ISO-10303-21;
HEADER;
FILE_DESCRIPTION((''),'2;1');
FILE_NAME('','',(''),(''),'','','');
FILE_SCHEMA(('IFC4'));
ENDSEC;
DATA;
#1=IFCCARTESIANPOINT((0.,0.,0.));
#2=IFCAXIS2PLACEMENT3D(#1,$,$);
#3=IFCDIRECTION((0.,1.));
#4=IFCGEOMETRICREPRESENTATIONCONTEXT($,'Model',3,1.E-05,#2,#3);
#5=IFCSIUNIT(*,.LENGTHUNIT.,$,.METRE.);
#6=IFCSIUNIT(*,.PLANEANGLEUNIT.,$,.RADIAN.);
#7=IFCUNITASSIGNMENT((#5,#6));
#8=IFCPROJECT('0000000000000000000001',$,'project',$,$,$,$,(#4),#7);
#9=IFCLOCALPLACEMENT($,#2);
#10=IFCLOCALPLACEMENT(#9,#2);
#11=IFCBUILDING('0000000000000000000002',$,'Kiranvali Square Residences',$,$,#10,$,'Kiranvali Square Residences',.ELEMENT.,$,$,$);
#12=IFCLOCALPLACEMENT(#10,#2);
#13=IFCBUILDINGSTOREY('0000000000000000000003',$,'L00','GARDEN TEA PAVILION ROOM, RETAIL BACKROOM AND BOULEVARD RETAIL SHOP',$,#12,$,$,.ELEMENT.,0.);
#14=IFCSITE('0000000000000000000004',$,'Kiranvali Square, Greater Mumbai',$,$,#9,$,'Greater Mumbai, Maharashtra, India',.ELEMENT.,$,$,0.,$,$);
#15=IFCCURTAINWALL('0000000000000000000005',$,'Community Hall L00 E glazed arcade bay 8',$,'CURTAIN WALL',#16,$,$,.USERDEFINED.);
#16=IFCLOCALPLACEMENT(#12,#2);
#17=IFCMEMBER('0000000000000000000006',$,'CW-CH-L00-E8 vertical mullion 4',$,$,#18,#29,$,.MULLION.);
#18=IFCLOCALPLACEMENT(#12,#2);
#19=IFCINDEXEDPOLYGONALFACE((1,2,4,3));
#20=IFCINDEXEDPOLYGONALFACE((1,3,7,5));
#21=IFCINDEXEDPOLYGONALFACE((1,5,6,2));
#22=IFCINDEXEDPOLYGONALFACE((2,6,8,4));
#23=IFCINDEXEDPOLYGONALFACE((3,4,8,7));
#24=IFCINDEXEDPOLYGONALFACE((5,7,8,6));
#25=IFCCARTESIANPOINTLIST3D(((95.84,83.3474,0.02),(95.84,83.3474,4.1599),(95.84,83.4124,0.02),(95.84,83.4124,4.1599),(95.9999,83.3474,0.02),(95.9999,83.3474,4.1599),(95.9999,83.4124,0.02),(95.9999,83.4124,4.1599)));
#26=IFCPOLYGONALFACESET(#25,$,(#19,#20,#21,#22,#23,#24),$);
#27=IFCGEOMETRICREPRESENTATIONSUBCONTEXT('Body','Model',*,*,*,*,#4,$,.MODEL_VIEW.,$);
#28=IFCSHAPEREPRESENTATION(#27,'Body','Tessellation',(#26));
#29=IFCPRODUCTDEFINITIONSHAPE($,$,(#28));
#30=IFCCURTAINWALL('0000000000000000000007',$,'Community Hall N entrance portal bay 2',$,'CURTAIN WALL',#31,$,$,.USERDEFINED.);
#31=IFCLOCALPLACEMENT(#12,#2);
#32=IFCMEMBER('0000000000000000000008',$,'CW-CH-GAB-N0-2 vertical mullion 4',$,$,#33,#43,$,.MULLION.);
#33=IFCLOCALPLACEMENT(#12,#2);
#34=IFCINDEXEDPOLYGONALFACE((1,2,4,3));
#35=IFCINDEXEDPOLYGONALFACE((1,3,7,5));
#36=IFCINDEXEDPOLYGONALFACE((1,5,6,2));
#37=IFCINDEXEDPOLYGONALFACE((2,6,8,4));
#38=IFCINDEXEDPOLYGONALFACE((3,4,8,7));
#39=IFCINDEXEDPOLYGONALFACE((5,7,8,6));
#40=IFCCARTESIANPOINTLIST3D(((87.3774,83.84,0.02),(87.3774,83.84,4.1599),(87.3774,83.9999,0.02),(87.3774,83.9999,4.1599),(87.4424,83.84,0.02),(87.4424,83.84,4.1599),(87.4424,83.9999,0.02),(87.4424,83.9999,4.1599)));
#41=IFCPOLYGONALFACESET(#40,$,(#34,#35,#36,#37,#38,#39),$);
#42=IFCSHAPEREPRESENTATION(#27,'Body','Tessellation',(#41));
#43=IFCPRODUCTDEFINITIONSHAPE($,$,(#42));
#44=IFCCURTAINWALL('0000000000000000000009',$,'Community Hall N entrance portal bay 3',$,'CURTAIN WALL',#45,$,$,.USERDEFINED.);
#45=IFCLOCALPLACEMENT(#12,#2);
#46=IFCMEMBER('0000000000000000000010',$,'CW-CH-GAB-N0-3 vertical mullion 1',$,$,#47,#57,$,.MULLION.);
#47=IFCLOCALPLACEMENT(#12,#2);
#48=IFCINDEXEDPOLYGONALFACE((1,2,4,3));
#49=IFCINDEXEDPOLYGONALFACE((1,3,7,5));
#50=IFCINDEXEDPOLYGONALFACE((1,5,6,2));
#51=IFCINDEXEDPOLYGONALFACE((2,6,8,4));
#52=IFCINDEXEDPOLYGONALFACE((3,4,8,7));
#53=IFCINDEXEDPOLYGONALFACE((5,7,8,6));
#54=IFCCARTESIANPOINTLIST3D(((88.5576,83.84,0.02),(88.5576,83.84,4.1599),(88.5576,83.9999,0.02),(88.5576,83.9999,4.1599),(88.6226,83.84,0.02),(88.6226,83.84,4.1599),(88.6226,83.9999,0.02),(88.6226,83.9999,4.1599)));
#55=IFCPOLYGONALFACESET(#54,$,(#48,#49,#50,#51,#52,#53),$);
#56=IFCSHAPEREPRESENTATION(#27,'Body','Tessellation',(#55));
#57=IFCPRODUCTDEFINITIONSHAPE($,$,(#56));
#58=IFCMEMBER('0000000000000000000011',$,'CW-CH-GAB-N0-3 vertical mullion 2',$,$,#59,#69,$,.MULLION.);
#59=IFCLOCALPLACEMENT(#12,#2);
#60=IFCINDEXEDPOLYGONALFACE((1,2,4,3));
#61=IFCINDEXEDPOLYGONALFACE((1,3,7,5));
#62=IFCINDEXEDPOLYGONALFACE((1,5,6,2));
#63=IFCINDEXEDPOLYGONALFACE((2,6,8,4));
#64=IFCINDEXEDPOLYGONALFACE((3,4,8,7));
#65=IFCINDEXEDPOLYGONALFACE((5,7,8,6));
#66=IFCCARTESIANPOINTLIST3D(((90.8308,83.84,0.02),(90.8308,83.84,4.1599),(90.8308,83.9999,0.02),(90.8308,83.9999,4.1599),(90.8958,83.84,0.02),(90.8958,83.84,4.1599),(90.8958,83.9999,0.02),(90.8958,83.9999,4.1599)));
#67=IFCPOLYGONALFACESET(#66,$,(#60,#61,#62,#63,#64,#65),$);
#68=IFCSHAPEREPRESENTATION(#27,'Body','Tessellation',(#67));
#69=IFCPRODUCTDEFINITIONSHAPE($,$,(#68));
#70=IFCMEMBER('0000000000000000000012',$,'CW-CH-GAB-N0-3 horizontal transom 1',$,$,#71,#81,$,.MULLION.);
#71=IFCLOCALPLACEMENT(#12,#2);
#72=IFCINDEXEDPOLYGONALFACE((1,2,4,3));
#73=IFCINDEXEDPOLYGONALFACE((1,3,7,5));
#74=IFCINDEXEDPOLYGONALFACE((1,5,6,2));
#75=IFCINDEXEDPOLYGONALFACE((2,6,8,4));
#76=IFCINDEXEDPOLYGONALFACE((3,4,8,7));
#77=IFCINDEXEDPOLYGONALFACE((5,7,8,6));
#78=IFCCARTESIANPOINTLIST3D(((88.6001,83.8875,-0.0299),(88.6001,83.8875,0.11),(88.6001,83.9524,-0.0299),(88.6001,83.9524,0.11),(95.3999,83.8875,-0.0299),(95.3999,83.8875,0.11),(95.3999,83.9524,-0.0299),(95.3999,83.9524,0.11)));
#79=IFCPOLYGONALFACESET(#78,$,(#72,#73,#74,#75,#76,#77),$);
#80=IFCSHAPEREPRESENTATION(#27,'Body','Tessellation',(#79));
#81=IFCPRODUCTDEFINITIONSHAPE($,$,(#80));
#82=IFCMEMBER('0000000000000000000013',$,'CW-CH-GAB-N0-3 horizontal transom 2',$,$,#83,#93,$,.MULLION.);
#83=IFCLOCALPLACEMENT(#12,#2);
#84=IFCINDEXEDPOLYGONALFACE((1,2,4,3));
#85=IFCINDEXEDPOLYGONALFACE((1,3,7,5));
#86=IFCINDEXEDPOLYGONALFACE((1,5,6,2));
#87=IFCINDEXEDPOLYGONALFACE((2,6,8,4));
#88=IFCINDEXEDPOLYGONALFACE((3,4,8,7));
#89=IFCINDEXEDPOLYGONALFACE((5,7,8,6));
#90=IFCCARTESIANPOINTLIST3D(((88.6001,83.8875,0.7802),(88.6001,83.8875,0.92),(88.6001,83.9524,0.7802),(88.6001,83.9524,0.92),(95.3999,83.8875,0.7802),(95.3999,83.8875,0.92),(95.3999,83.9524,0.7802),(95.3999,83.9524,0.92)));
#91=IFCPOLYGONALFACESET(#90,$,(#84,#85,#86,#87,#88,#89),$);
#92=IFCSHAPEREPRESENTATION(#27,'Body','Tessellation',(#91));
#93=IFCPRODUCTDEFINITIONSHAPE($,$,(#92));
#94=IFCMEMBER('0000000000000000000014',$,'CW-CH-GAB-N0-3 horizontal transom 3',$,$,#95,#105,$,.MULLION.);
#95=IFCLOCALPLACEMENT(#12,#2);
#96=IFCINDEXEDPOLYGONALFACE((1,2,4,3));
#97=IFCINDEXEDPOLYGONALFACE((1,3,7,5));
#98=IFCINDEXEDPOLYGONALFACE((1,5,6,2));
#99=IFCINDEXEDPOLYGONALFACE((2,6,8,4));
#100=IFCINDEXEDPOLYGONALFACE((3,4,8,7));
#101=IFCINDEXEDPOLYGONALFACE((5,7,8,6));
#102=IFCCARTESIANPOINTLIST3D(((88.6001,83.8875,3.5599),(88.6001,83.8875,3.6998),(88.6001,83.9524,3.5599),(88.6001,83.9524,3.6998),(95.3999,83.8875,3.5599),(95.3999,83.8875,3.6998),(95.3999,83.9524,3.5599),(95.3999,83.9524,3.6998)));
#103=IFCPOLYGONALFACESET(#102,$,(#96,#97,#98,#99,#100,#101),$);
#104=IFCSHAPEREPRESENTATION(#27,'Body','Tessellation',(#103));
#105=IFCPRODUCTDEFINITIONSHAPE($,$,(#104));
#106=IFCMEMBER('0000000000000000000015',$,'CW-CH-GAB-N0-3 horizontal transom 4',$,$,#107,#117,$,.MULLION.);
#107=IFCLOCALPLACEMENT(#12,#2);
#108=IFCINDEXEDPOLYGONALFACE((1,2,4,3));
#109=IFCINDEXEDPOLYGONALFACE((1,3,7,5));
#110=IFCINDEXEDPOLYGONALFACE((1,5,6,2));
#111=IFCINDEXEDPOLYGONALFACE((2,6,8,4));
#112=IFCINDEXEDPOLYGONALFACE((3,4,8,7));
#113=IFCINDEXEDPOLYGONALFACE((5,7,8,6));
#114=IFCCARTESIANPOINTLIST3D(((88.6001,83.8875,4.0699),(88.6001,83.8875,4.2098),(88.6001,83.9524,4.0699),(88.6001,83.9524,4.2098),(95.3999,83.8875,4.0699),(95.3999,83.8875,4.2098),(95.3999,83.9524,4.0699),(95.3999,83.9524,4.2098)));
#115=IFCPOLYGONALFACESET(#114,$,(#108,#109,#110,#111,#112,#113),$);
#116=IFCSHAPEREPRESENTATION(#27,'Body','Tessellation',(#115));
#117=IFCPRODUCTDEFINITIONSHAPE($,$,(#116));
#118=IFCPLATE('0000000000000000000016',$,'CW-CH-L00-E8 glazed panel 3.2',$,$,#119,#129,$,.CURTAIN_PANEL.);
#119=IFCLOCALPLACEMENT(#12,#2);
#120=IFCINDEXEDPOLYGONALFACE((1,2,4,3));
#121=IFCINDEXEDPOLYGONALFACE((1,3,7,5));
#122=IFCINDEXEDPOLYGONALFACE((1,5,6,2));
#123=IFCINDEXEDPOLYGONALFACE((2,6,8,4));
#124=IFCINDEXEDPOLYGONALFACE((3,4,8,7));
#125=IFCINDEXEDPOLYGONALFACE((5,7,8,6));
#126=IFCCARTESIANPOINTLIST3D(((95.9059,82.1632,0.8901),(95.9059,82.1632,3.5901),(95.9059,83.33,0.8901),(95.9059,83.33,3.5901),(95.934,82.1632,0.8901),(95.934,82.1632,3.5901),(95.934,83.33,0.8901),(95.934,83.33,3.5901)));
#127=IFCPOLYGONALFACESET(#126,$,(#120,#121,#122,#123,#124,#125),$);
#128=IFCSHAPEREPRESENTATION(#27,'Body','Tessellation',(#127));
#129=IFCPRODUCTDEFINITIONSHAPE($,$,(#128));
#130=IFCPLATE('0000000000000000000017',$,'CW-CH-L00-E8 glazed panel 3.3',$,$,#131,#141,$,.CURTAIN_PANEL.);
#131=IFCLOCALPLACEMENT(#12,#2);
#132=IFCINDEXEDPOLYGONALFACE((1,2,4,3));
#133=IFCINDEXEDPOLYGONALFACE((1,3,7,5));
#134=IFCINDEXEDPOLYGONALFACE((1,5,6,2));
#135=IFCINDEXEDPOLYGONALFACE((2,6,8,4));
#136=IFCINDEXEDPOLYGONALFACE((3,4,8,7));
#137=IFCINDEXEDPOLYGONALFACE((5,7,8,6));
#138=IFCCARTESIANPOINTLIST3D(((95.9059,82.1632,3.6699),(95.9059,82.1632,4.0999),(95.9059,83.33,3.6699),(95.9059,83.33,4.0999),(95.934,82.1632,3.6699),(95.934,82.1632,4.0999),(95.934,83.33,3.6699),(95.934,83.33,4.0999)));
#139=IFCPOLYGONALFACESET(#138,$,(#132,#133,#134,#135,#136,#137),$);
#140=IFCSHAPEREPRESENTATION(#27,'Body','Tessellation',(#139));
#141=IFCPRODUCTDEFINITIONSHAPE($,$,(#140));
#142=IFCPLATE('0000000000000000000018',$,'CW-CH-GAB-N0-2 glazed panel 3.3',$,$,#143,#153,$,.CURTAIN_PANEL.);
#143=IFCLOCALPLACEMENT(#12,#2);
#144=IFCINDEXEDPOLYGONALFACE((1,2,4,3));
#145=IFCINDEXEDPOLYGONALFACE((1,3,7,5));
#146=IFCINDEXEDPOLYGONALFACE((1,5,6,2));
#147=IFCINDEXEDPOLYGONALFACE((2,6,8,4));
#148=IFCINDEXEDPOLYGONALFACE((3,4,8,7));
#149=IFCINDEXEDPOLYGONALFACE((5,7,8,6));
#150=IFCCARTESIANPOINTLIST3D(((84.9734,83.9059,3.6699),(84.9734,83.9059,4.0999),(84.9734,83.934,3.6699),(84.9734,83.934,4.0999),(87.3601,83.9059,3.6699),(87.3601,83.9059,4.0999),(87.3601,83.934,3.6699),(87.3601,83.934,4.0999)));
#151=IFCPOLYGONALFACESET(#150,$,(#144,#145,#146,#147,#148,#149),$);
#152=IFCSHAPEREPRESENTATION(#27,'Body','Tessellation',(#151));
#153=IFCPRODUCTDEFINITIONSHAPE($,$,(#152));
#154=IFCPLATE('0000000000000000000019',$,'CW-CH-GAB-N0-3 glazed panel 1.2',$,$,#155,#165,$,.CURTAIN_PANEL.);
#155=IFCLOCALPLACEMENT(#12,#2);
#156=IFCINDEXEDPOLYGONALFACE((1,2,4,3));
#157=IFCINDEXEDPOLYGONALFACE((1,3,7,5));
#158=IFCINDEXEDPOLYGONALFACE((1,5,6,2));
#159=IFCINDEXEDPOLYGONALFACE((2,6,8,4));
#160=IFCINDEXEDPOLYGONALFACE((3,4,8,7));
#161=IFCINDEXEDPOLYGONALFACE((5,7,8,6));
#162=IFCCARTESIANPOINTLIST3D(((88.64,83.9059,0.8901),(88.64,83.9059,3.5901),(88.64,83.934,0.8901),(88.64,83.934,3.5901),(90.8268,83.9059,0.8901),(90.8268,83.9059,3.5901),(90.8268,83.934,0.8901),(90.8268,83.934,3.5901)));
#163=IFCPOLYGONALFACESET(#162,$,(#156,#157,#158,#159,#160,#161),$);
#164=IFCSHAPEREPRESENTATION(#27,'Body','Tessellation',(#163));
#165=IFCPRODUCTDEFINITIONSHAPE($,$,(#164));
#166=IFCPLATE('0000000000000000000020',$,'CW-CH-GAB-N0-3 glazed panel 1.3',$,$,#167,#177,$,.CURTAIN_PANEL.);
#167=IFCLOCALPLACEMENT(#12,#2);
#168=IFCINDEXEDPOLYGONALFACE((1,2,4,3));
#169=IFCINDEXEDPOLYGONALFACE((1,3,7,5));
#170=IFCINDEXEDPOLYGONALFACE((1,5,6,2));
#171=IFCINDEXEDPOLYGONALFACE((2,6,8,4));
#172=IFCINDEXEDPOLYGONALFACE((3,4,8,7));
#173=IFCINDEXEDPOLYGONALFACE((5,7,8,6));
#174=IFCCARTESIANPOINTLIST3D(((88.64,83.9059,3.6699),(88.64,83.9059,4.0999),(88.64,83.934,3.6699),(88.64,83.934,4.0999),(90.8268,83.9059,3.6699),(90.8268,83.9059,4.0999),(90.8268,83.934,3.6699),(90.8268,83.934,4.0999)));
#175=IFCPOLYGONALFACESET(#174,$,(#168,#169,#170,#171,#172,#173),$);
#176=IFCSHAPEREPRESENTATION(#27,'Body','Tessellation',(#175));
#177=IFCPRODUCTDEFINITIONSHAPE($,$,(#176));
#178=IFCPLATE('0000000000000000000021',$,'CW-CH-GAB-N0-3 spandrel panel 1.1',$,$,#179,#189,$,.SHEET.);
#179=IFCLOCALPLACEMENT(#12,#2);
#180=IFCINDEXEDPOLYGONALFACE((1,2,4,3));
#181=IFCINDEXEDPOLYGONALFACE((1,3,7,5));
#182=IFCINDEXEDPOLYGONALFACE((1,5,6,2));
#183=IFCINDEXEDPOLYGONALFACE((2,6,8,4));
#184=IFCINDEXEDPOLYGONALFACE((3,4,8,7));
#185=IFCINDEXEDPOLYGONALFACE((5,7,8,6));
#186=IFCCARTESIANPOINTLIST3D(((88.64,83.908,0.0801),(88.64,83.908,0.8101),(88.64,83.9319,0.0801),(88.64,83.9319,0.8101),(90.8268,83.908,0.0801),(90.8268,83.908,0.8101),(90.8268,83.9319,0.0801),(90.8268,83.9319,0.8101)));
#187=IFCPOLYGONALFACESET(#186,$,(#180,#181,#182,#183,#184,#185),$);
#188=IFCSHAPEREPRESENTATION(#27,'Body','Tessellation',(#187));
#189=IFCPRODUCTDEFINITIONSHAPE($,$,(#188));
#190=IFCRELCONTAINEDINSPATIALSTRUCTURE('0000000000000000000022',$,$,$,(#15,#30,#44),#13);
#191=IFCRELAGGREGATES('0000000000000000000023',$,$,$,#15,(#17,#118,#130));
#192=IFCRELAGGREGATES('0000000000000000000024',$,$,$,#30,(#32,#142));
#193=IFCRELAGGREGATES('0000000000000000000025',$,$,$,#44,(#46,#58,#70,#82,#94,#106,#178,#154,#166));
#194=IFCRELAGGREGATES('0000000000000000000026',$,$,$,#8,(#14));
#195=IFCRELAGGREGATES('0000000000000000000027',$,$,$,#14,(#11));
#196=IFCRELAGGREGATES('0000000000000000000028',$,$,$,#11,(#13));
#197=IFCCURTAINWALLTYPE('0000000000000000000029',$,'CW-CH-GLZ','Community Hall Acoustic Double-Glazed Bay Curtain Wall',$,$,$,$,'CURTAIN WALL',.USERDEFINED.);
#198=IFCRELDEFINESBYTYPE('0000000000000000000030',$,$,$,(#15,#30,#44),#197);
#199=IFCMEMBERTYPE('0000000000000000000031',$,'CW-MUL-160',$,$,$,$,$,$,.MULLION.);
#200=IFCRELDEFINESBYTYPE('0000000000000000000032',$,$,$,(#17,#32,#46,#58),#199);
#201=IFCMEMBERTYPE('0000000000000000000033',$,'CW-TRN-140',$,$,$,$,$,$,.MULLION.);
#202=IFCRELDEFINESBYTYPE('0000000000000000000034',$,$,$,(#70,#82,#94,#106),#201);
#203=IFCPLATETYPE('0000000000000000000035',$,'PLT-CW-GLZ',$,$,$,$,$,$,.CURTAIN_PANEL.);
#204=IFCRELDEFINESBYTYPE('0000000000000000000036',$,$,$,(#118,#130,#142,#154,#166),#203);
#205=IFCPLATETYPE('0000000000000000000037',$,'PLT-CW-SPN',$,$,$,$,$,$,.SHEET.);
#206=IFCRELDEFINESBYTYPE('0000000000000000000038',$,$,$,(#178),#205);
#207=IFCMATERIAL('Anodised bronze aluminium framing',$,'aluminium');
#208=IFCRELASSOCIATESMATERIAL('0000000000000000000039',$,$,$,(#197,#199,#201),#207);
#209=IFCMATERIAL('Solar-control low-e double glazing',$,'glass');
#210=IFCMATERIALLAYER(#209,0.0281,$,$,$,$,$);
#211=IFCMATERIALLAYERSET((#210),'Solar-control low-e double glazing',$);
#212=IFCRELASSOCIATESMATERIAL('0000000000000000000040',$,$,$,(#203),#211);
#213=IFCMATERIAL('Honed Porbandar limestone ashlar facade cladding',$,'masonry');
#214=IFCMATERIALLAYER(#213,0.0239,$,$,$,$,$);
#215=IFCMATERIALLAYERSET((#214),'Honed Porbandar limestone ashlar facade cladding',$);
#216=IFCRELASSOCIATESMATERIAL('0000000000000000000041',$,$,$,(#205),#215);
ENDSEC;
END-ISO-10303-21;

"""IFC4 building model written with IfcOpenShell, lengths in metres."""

from ifc_helpers import new_model, si_unit, direction, frame, origin, origin_2d, place, context, subcontext, project, spatial, rectangle, extrude, material, layer, layer_set, material_profile, profile_set, type_object, element, aggregate, save


model = new_model("IFC4")

# Units and contexts
model_context = context("Model", 3, precision=1e-05, world=origin(), true_north=direction((0.0, 1.0)))
body_context = subcontext(model_context, "Body", "Model", "MODEL_VIEW")
ifc_project = project(units=[si_unit("LENGTHUNIT", "METRE"), si_unit("PLANEANGLEUNIT", "RADIAN")], contexts=[model_context])

# Site, building, storey
site_placement = place(None, origin())
site = spatial("IfcSite", under=ifc_project, at=site_placement, Name="Kiranvali Square, Greater Mumbai", LongName="Greater Mumbai, Maharashtra, India", CompositionType="ELEMENT", RefElevation=0.0)
building_placement = place(site_placement, origin())
building = spatial("IfcBuilding", under=site, at=building_placement, Name="Kiranvali Square Residences", LongName="Kiranvali Square Residences", CompositionType="ELEMENT")
storey_placement = place(building_placement, origin())
storey = spatial("IfcBuildingStorey", under=building, at=storey_placement, Name="L00", Description="GARDEN TEA PAVILION ROOM, RETAIL BACKROOM AND BOULEVARD RETAIL SHOP", CompositionType="ELEMENT", Elevation=0.0)

# Curtain walls, members
ifc_material_1 = material(Name="Anodised bronze aluminium framing", Category="aluminium")
curtain_wall_type = type_object("IfcCurtainWallType", Name="CW-CH-GLZ", Description="Community Hall Acoustic Double-Glazed Bay Curtain Wall", ElementType="CURTAIN WALL", PredefinedType="USERDEFINED", material=ifc_material_1)
curtain_wall_1_placement = place(storey_placement, origin())
curtain_wall_1 = element("IfcCurtainWall", 1, at=curtain_wall_1_placement, inside=storey, type_object=curtain_wall_type, Name="Community Hall L00 E glazed arcade bay 8", ObjectType="CURTAIN WALL", PredefinedType="USERDEFINED")
ifc_material_profile_1 = material_profile(ifc_material_1, rectangle(XDim=0.0649, YDim=0.1599, at=origin_2d()), Name="ALU 65x160")
ifc_profile_set_1 = profile_set([ifc_material_profile_1], Name="Anodised bronze aluminium framing")
member_type_1 = type_object("IfcMemberType", Name="CW-MUL-160", PredefinedType="MULLION", material=ifc_profile_set_1)
member_1_placement = place(storey_placement, frame((95.9199, 83.3799, 0.02), z_axis=(0.0, 0.0, 1.0), x_axis=(0.0, 1.0, 0.0)))
member_1 = element("IfcMember", 2, at=member_1_placement, type_object=member_type_1, Name="CW-CH-L00-E8 vertical mullion 4", PredefinedType="MULLION", context=body_context, shape_type="SweptSolid", body=[
    extrude(rectangle(XDim=0.0649, YDim=0.1599, at=origin_2d()), origin(), (0.0, 0.0, 1.0), 4.1399),
])
curtain_wall_2_placement = place(storey_placement, origin())
curtain_wall_2 = element("IfcCurtainWall", 3, at=curtain_wall_2_placement, inside=storey, type_object=curtain_wall_type, Name="Community Hall N entrance portal bay 2", ObjectType="CURTAIN WALL", PredefinedType="USERDEFINED")
member_2_placement = place(storey_placement, frame((87.4099, 83.9199, 0.02), z_axis=(0.0, 0.0, 1.0), x_axis=(1.0, 0.0, 0.0)))
member_2 = element("IfcMember", 4, at=member_2_placement, type_object=member_type_1, Name="CW-CH-GAB-N0-2 vertical mullion 4", PredefinedType="MULLION", context=body_context, shape_type="SweptSolid", body=[
    extrude(rectangle(XDim=0.0649, YDim=0.1599, at=origin_2d()), origin(), (0.0, 0.0, 1.0), 4.1399),
])

# Curtain wall, members
curtain_wall_3_placement = place(storey_placement, origin())
curtain_wall_3 = element("IfcCurtainWall", 5, at=curtain_wall_3_placement, inside=storey, type_object=curtain_wall_type, Name="Community Hall N entrance portal bay 3", ObjectType="CURTAIN WALL", PredefinedType="USERDEFINED")
member_3_placement = place(storey_placement, frame((88.5901, 83.9199, 0.02), z_axis=(0.0, 0.0, 1.0), x_axis=(1.0, 0.0, 0.0)))
member_3 = element("IfcMember", 6, at=member_3_placement, type_object=member_type_1, Name="CW-CH-GAB-N0-3 vertical mullion 1", PredefinedType="MULLION", context=body_context, shape_type="SweptSolid", body=[
    extrude(rectangle(XDim=0.0649, YDim=0.1599, at=origin_2d()), origin(), (0.0, 0.0, 1.0), 4.1399),
])
member_4_placement = place(storey_placement, frame((90.8633, 83.9199, 0.02), z_axis=(0.0, 0.0, 1.0), x_axis=(1.0, 0.0, 0.0)))
member_4 = element("IfcMember", 7, at=member_4_placement, type_object=member_type_1, Name="CW-CH-GAB-N0-3 vertical mullion 2", PredefinedType="MULLION", context=body_context, shape_type="SweptSolid", body=[
    extrude(rectangle(XDim=0.0649, YDim=0.1599, at=origin_2d()), origin(), (0.0, 0.0, 1.0), 4.1399),
])
ifc_material_profile_2 = material_profile(ifc_material_1, rectangle(XDim=0.0649, YDim=0.1399, at=origin_2d()), Name="ALU 65x140")
ifc_profile_set_2 = profile_set([ifc_material_profile_2], Name="Anodised bronze aluminium framing")
member_type_2 = type_object("IfcMemberType", Name="CW-TRN-140", PredefinedType="MULLION", material=ifc_profile_set_2)
member_5_placement = place(storey_placement, frame((88.6001, 83.9199, 0.04), z_axis=(1.0, 0.0, 0.0), x_axis=(0.0, 1.0, 0.0)))
member_5 = element("IfcMember", 8, at=member_5_placement, type_object=member_type_2, Name="CW-CH-GAB-N0-3 horizontal transom 1", PredefinedType="MULLION", context=body_context, shape_type="SweptSolid", body=[
    extrude(rectangle(XDim=0.0649, YDim=0.1399, at=origin_2d()), origin(), (0.0, 0.0, 1.0), 6.7998),
])
member_6_placement = place(storey_placement, frame((88.6001, 83.9199, 0.8501), z_axis=(1.0, 0.0, 0.0), x_axis=(0.0, 1.0, 0.0)))
member_6 = element("IfcMember", 9, at=member_6_placement, type_object=member_type_2, Name="CW-CH-GAB-N0-3 horizontal transom 2", PredefinedType="MULLION", context=body_context, shape_type="SweptSolid", body=[
    extrude(rectangle(XDim=0.0649, YDim=0.1399, at=origin_2d()), origin(), (0.0, 0.0, 1.0), 6.7998),
])
member_7_placement = place(storey_placement, frame((88.6001, 83.9199, 3.6299), z_axis=(1.0, 0.0, 0.0), x_axis=(0.0, 1.0, 0.0)))
member_7 = element("IfcMember", 10, at=member_7_placement, type_object=member_type_2, Name="CW-CH-GAB-N0-3 horizontal transom 3", PredefinedType="MULLION", context=body_context, shape_type="SweptSolid", body=[
    extrude(rectangle(XDim=0.0649, YDim=0.1399, at=origin_2d()), origin(), (0.0, 0.0, 1.0), 6.7998),
])
member_8_placement = place(storey_placement, frame((88.6001, 83.9199, 4.1399), z_axis=(1.0, 0.0, 0.0), x_axis=(0.0, 1.0, 0.0)))
member_8 = element("IfcMember", 11, at=member_8_placement, type_object=member_type_2, Name="CW-CH-GAB-N0-3 horizontal transom 4", PredefinedType="MULLION", context=body_context, shape_type="SweptSolid", body=[
    extrude(rectangle(XDim=0.0649, YDim=0.1399, at=origin_2d()), origin(), (0.0, 0.0, 1.0), 6.7998),
])

# Plates
ifc_material_2 = material(Name="Solar-control low-e double glazing", Category="glass")
ifc_layer_1 = layer(ifc_material_2, 0.0281)
ifc_layer_set_1 = layer_set([ifc_layer_1], Name="Solar-control low-e double glazing")
plate_type_1 = type_object("IfcPlateType", Name="PLT-CW-GLZ", PredefinedType="CURTAIN_PANEL", material=ifc_layer_set_1)
plate_1_placement = place(storey_placement, frame((95.9199, 82.7466, 0.8901), z_axis=(0.0, 0.0, 1.0), x_axis=(0.0, 1.0, 0.0)))
plate_1 = element("IfcPlate", 12, at=plate_1_placement, type_object=plate_type_1, Name="CW-CH-L00-E8 glazed panel 3.2", PredefinedType="CURTAIN_PANEL", context=body_context, shape_type="SweptSolid", body=[
    extrude(rectangle(XDim=1.1667, YDim=0.0281, at=origin_2d()), origin(), (0.0, 0.0, 1.0), 2.7),
])
plate_2_placement = place(storey_placement, frame((95.9199, 82.7466, 3.6699), z_axis=(0.0, 0.0, 1.0), x_axis=(0.0, 1.0, 0.0)))
plate_2 = element("IfcPlate", 13, at=plate_2_placement, type_object=plate_type_1, Name="CW-CH-L00-E8 glazed panel 3.3", PredefinedType="CURTAIN_PANEL", context=body_context, shape_type="SweptSolid", body=[
    extrude(rectangle(XDim=1.1667, YDim=0.0281, at=origin_2d()), origin(), (0.0, 0.0, 1.0), 0.4299),
])
aggregate(curtain_wall_1, [member_1, plate_1, plate_2])
plate_3_placement = place(storey_placement, frame((86.1667, 83.9199, 3.6699), z_axis=(0.0, 0.0, 1.0), x_axis=(1.0, 0.0, 0.0)))
plate_3 = element("IfcPlate", 14, at=plate_3_placement, type_object=plate_type_1, Name="CW-CH-GAB-N0-2 glazed panel 3.3", PredefinedType="CURTAIN_PANEL", context=body_context, shape_type="SweptSolid", body=[
    extrude(rectangle(XDim=2.3867, YDim=0.0281, at=origin_2d()), origin(), (0.0, 0.0, 1.0), 0.4299),
])
aggregate(curtain_wall_2, [member_2, plate_3])
plate_4_placement = place(storey_placement, frame((89.7334, 83.9199, 0.8901), z_axis=(0.0, 0.0, 1.0), x_axis=(1.0, 0.0, 0.0)))
plate_4 = element("IfcPlate", 15, at=plate_4_placement, type_object=plate_type_1, Name="CW-CH-GAB-N0-3 glazed panel 1.2", PredefinedType="CURTAIN_PANEL", context=body_context, shape_type="SweptSolid", body=[
    extrude(rectangle(XDim=2.1868, YDim=0.0281, at=origin_2d()), origin(), (0.0, 0.0, 1.0), 2.7),
])
plate_5_placement = place(storey_placement, frame((89.7334, 83.9199, 3.6699), z_axis=(0.0, 0.0, 1.0), x_axis=(1.0, 0.0, 0.0)))
plate_5 = element("IfcPlate", 16, at=plate_5_placement, type_object=plate_type_1, Name="CW-CH-GAB-N0-3 glazed panel 1.3", PredefinedType="CURTAIN_PANEL", context=body_context, shape_type="SweptSolid", body=[
    extrude(rectangle(XDim=2.1868, YDim=0.0281, at=origin_2d()), origin(), (0.0, 0.0, 1.0), 0.4299),
])
ifc_material_3 = material(Name="Honed Porbandar limestone ashlar facade cladding", Category="masonry")
ifc_layer_2 = layer(ifc_material_3, 0.0239)
ifc_layer_set_2 = layer_set([ifc_layer_2], Name="Honed Porbandar limestone ashlar facade cladding")
plate_type_2 = type_object("IfcPlateType", Name="PLT-CW-SPN", PredefinedType="SHEET", material=ifc_layer_set_2)
plate_6_placement = place(storey_placement, frame((89.7334, 83.9199, 0.0801), z_axis=(0.0, 0.0, 1.0), x_axis=(1.0, 0.0, 0.0)))
plate_6 = element("IfcPlate", 17, at=plate_6_placement, type_object=plate_type_2, Name="CW-CH-GAB-N0-3 spandrel panel 1.1", PredefinedType="SHEET", context=body_context, shape_type="SweptSolid", body=[
    extrude(rectangle(XDim=2.1868, YDim=0.0239, at=origin_2d()), origin(), (0.0, 0.0, 1.0), 0.73),
])
aggregate(curtain_wall_3, [member_3, member_4, member_5, member_6, member_7, member_8, plate_6, plate_4, plate_5])

save(model, "model.ifc")
